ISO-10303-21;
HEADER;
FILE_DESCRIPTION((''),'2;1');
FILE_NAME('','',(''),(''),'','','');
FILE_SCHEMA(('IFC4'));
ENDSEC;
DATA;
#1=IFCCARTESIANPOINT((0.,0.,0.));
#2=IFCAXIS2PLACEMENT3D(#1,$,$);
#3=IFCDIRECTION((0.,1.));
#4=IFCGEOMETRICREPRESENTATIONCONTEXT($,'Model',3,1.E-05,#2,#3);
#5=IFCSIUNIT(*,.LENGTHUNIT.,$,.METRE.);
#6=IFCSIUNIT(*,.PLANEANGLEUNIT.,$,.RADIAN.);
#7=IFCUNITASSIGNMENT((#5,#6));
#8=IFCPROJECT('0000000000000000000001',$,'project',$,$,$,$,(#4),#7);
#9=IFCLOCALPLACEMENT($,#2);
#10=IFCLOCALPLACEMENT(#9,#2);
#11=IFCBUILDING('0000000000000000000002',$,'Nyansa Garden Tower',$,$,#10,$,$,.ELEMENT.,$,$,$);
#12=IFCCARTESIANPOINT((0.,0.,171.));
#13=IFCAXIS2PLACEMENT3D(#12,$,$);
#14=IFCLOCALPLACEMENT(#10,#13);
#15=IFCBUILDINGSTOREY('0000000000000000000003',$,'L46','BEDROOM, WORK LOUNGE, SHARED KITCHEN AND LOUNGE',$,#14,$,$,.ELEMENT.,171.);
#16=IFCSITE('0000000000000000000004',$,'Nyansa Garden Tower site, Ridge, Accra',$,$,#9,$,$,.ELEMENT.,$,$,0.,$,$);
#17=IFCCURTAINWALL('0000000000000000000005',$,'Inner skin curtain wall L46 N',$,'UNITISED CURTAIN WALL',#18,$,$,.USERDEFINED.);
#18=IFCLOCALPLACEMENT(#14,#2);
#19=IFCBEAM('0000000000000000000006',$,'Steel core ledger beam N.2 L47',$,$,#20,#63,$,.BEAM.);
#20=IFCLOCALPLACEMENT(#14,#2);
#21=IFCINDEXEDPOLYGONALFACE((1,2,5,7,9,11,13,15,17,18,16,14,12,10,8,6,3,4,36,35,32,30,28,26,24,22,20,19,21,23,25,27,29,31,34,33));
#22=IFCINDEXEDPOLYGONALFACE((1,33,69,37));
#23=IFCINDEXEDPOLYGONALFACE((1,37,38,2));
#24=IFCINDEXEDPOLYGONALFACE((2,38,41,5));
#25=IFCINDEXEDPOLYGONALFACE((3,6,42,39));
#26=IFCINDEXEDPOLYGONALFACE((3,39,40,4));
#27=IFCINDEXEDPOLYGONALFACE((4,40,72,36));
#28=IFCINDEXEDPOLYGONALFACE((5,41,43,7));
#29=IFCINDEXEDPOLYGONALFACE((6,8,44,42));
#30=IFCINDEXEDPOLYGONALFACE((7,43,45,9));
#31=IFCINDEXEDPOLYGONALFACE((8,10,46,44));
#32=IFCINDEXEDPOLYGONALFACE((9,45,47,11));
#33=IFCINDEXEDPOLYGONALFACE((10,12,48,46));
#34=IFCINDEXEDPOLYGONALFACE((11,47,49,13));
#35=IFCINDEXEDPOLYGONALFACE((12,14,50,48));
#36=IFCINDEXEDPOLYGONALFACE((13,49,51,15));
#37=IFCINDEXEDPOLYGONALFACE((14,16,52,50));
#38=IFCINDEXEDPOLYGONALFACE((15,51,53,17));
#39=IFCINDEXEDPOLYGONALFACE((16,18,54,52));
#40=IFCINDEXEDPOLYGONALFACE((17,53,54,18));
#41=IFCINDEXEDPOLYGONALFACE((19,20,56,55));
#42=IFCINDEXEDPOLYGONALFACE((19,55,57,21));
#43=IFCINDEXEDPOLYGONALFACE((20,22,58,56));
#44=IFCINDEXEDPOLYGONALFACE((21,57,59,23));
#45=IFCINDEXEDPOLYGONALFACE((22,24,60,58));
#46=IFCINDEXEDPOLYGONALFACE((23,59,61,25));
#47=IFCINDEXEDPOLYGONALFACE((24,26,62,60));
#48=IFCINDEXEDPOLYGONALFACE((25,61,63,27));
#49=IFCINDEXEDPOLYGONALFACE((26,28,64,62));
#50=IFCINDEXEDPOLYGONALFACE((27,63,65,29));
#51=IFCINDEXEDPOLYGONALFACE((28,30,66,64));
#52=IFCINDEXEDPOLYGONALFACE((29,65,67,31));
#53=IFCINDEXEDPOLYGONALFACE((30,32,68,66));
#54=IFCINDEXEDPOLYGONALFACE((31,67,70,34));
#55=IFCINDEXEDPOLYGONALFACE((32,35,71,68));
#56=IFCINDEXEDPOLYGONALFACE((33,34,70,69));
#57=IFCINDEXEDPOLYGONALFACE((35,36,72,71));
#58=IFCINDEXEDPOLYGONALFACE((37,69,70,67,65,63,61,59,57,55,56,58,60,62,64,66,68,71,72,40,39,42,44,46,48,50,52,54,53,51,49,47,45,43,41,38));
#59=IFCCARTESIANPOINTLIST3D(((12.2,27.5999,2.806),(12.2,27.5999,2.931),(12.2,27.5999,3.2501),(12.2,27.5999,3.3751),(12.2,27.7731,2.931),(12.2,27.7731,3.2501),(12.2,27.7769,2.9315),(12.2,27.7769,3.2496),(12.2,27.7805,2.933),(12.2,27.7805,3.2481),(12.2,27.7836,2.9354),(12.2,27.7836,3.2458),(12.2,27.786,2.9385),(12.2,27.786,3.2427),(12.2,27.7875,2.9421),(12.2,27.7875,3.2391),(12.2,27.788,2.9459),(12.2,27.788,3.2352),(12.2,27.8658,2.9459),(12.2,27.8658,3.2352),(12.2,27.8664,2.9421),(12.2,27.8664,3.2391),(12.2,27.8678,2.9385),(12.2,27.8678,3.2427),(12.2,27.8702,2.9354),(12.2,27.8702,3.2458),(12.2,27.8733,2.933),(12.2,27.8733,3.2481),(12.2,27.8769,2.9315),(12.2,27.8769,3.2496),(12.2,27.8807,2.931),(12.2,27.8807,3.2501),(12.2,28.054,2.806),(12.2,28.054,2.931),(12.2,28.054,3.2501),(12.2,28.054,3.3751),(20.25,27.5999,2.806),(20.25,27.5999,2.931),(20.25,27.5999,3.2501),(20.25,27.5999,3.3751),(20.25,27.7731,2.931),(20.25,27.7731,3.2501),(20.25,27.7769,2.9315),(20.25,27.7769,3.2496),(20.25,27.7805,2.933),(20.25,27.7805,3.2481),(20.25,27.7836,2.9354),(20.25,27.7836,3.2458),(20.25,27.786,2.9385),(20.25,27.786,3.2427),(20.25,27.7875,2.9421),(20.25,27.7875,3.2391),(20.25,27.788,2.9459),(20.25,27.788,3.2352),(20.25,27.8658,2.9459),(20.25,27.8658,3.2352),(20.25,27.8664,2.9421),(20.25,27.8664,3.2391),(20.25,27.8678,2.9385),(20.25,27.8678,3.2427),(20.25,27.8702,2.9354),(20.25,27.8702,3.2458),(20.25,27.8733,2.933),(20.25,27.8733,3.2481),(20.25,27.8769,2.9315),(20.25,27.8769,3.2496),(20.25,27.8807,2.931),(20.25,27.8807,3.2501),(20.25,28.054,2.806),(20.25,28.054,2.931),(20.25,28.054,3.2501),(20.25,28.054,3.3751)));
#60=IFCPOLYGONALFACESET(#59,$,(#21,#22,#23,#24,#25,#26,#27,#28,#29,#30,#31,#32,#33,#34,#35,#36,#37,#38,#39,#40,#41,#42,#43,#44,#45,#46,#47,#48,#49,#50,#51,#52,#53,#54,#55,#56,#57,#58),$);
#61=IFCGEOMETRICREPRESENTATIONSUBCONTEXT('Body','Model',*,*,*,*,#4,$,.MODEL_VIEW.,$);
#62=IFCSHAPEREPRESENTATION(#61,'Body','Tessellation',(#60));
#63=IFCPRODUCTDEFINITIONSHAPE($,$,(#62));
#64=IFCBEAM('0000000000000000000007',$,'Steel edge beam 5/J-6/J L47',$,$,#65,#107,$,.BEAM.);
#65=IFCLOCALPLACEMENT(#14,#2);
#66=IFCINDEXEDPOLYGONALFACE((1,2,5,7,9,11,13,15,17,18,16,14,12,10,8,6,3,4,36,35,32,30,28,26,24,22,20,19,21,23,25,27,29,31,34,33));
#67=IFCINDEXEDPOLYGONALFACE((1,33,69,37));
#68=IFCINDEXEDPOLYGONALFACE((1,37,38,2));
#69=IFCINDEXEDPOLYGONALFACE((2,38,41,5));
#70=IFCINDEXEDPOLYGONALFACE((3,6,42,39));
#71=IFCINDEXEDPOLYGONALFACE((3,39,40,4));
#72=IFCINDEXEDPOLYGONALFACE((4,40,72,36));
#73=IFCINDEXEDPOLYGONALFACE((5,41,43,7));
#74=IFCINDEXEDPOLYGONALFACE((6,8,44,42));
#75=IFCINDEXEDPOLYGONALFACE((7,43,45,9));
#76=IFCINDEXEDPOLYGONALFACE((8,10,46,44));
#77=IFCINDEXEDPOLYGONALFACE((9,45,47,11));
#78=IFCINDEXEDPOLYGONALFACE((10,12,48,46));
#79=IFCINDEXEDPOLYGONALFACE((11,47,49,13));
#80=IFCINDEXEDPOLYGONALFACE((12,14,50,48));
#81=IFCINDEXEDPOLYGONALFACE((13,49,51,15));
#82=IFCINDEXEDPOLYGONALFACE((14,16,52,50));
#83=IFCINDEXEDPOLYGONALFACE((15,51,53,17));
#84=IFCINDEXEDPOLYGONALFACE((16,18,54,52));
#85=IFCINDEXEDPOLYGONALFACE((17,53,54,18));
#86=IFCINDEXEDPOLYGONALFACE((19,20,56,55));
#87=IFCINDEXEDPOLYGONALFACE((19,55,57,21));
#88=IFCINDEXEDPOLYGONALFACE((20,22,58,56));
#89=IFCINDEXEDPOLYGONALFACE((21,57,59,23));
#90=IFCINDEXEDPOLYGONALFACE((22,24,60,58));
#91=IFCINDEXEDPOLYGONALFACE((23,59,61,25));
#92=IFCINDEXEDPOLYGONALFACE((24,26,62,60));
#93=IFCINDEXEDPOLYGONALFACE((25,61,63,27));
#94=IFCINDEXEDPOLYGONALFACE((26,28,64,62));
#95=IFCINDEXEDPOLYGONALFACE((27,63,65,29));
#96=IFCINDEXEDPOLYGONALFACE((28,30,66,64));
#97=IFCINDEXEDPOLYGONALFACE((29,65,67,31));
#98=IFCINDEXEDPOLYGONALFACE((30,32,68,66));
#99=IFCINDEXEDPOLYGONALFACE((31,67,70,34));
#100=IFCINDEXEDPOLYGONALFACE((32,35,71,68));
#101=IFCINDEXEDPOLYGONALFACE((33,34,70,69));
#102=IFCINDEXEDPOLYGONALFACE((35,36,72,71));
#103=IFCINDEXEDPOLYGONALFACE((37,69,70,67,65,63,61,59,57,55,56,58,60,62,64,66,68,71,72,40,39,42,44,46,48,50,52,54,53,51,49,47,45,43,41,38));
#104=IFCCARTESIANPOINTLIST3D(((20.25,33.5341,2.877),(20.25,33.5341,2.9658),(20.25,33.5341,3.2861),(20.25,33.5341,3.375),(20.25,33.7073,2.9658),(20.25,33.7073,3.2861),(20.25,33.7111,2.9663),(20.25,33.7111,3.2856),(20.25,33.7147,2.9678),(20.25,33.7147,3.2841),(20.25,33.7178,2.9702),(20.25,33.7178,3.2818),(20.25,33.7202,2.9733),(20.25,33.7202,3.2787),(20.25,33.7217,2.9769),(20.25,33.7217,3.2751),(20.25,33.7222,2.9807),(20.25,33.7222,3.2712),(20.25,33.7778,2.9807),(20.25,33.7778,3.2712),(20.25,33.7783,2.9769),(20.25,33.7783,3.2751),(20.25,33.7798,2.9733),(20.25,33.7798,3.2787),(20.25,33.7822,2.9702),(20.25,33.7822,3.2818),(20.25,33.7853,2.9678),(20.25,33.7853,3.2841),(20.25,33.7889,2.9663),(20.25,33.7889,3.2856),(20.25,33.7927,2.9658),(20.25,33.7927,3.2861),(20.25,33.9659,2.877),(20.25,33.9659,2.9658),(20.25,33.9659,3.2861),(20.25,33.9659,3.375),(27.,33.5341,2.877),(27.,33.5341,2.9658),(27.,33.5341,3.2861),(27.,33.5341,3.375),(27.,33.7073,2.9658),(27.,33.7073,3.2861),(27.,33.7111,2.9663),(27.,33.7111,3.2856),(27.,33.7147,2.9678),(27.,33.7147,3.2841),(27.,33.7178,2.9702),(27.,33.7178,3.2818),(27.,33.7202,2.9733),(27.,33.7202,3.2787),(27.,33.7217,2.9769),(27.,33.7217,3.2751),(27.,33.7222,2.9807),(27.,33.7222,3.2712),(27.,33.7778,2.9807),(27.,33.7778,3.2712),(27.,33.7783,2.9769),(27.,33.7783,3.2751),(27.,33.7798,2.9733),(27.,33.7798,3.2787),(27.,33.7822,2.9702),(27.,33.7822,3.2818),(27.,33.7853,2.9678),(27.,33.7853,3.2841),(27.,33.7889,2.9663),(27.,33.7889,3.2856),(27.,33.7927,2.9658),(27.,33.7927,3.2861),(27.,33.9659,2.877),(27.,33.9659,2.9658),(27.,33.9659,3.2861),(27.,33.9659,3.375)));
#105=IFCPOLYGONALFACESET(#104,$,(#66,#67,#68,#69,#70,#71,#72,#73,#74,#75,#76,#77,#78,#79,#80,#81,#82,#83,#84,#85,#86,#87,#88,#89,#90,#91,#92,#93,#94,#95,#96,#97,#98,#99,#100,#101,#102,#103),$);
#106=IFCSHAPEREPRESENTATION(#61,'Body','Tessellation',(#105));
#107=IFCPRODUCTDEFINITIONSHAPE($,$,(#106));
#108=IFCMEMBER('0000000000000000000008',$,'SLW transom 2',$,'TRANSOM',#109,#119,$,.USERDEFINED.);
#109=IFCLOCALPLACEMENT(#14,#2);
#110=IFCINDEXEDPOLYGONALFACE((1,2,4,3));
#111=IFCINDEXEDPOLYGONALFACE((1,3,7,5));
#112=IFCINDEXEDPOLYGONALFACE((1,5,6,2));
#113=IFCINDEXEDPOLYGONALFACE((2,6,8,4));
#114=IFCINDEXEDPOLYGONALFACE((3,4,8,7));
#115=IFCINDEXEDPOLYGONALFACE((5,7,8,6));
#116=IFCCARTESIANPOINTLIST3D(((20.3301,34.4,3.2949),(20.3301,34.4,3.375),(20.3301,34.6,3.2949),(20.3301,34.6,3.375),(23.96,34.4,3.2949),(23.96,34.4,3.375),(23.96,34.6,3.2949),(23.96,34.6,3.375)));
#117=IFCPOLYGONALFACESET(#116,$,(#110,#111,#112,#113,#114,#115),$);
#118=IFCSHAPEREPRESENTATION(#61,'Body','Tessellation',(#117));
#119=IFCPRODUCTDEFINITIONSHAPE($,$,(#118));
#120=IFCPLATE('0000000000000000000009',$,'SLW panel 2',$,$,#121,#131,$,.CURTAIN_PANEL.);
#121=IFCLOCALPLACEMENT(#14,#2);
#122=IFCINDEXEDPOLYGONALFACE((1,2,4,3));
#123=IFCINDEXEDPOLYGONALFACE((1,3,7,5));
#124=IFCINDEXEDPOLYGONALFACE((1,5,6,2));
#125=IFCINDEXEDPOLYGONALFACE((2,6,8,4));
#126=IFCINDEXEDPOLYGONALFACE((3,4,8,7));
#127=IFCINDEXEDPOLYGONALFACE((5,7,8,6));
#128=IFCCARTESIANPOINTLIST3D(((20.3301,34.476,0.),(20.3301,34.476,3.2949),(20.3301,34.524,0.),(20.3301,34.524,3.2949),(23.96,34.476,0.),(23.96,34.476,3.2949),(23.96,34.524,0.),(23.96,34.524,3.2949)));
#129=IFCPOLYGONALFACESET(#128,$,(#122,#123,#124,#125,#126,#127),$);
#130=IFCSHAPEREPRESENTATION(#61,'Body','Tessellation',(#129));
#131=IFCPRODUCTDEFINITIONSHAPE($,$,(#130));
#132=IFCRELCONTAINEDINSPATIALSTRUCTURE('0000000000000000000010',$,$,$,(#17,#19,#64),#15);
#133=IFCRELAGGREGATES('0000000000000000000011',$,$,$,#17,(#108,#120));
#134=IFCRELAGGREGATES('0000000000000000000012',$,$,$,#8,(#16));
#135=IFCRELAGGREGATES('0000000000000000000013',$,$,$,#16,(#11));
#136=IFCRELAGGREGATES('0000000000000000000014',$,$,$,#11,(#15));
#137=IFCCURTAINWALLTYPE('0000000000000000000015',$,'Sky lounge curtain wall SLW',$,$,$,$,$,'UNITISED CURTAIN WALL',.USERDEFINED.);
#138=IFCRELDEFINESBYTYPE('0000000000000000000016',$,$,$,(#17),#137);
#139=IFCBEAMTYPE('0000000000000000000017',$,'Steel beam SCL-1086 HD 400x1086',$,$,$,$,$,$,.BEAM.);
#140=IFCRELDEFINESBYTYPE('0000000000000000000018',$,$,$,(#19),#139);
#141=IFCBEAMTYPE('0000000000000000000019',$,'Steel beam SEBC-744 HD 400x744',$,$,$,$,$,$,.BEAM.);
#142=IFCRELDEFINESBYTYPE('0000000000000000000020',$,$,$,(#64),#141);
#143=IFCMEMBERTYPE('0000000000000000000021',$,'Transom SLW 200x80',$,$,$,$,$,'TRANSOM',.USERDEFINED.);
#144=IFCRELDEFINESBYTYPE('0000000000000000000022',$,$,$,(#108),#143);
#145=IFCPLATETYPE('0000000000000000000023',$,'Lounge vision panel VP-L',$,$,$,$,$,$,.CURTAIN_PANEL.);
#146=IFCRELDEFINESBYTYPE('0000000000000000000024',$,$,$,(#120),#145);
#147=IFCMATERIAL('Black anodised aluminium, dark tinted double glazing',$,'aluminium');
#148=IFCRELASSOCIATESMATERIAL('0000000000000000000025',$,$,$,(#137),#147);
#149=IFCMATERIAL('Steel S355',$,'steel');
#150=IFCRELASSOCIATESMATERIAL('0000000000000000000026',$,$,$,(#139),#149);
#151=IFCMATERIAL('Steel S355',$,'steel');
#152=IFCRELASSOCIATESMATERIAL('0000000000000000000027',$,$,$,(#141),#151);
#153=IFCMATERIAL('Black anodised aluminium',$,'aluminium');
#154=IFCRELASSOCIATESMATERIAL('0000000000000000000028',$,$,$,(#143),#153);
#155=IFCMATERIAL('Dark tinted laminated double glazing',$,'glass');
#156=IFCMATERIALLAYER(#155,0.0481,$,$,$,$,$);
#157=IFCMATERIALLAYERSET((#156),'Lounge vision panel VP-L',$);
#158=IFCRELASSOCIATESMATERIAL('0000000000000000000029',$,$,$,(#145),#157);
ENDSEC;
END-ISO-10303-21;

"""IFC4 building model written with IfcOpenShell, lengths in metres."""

from ifc_helpers import new_model, si_unit, direction, frame, origin, origin_2d, place, context, subcontext, project, spatial, rectangle, i_section, extrude, material, layer, layer_set, material_profile, profile_set, type_object, element, aggregate, save


model = new_model("IFC4")

# Units and contexts
model_context = context("Model", 3, precision=1e-05, world=origin(), true_north=direction((0.0, 1.0)))
body_context = subcontext(model_context, "Body", "Model", "MODEL_VIEW")
ifc_project = project(units=[si_unit("LENGTHUNIT", "METRE"), si_unit("PLANEANGLEUNIT", "RADIAN")], contexts=[model_context])

# Site, building, storey
site_placement = place(None, origin())
site = spatial("IfcSite", under=ifc_project, at=site_placement, Name="Nyansa Garden Tower site, Ridge, Accra", CompositionType="ELEMENT", RefElevation=0.0)
building_placement = place(site_placement, origin())
building = spatial("IfcBuilding", under=site, at=building_placement, Name="Nyansa Garden Tower", CompositionType="ELEMENT")
storey_placement = place(building_placement, frame((0.0, 0.0, 171.0)))
storey = spatial("IfcBuildingStorey", under=building, at=storey_placement, Name="L46", Description="BEDROOM, WORK LOUNGE, SHARED KITCHEN AND LOUNGE", CompositionType="ELEMENT", Elevation=171.0)

# Curtain wall
ifc_material_1 = material(Name="Black anodised aluminium, dark tinted double glazing", Category="aluminium")
curtain_wall_type = type_object("IfcCurtainWallType", Name="Sky lounge curtain wall SLW", ElementType="UNITISED CURTAIN WALL", PredefinedType="USERDEFINED", material=ifc_material_1)
curtain_wall_placement = place(storey_placement, origin())
curtain_wall = element("IfcCurtainWall", 1, at=curtain_wall_placement, inside=storey, type_object=curtain_wall_type, Name="Inner skin curtain wall L46 N", ObjectType="UNITISED CURTAIN WALL", PredefinedType="USERDEFINED")

# Beams
ifc_material_2 = material(Name="Steel S355", Category="steel")
ifc_material_profile_1 = material_profile(ifc_material_2, i_section(OverallWidth=0.4541, OverallDepth=0.5691, WebThickness=0.0779, FlangeThickness=0.125, FilletRadius=0.0149, at=origin_2d()), Name="HD 400x1086")
ifc_profile_set_1 = profile_set([ifc_material_profile_1], Name="Steel S355")
beam_type_1 = type_object("IfcBeamType", Name="Steel beam SCL-1086 HD 400x1086", PredefinedType="BEAM", material=ifc_profile_set_1)
beam_1_placement = place(storey_placement, frame((20.25, 27.8269, 3.0906), z_axis=(-1.0, 0.0, 0.0), x_axis=(0.0, -1.0, 0.0)))
element("IfcBeam", 2, at=beam_1_placement, inside=storey, type_object=beam_type_1, Name="Steel core ledger beam N.2 L47", PredefinedType="BEAM", context=body_context, shape_type="SweptSolid", body=[
    extrude(i_section(OverallWidth=0.4541, OverallDepth=0.5691, WebThickness=0.0779, FlangeThickness=0.125, FilletRadius=0.0149, at=origin_2d()), origin(), (0.0, 0.0, 1.0), 8.05),
])
ifc_material_3 = material(Name="Steel S355", Category="steel")
ifc_material_profile_2 = material_profile(ifc_material_3, i_section(OverallWidth=0.4319, OverallDepth=0.498, WebThickness=0.0557, FlangeThickness=0.0889, FilletRadius=0.0149, at=origin_2d()), Name="HD 400x744")
ifc_profile_set_2 = profile_set([ifc_material_profile_2], Name="Steel S355")
beam_type_2 = type_object("IfcBeamType", Name="Steel beam SEBC-744 HD 400x744", PredefinedType="BEAM", material=ifc_profile_set_2)
beam_2_placement = place(storey_placement, frame((20.25, 33.75, 3.126), z_axis=(1.0, 0.0, 0.0), x_axis=(0.0, 1.0, 0.0)))
element("IfcBeam", 3, at=beam_2_placement, inside=storey, type_object=beam_type_2, Name="Steel edge beam 5/J-6/J L47", PredefinedType="BEAM", context=body_context, shape_type="SweptSolid", body=[
    extrude(i_section(OverallWidth=0.4319, OverallDepth=0.498, WebThickness=0.0557, FlangeThickness=0.0889, FilletRadius=0.0149, at=origin_2d()), origin(), (0.0, 0.0, 1.0), 6.75),
])

# Member
ifc_material_4 = material(Name="Black anodised aluminium", Category="aluminium")
ifc_material_profile_3 = material_profile(ifc_material_4, rectangle(XDim=0.2, YDim=0.0801, at=origin_2d()), Name="Transom 200x80")
ifc_profile_set_3 = profile_set([ifc_material_profile_3], Name="Black anodised aluminium")
member_type_1 = type_object("IfcMemberType", Name="Transom SLW 200x80", ElementType="TRANSOM", PredefinedType="USERDEFINED", material=ifc_profile_set_3)
member_1_placement = place(storey_placement, frame((23.96, 34.5, 3.335), z_axis=(-1.0, 0.0, 0.0), x_axis=(0.0, -1.0, 0.0)))
member_1 = element("IfcMember", 4, at=member_1_placement, type_object=member_type_1, Name="SLW transom 2", ObjectType="TRANSOM", PredefinedType="USERDEFINED", context=body_context, shape_type="SweptSolid", body=[
    extrude(rectangle(XDim=0.2, YDim=0.0801, at=origin_2d()), origin(), (0.0, 0.0, 1.0), 3.6299),
])

# Plate
ifc_material_5 = material(Name="Dark tinted laminated double glazing", Category="glass")
ifc_layer_1 = layer(ifc_material_5, 0.0481)
ifc_layer_set_1 = layer_set([ifc_layer_1], Name="Lounge vision panel VP-L")
plate_type = type_object("IfcPlateType", Name="Lounge vision panel VP-L", PredefinedType="CURTAIN_PANEL", material=ifc_layer_set_1)
plate_placement = place(storey_placement, frame((22.145, 34.5, 0.0), z_axis=(0.0, 0.0, 1.0), x_axis=(-1.0, 0.0, 0.0)))
plate = element("IfcPlate", 5, at=plate_placement, type_object=plate_type, Name="SLW panel 2", PredefinedType="CURTAIN_PANEL", context=body_context, shape_type="SweptSolid", body=[
    extrude(rectangle(XDim=3.6299, YDim=0.0481, at=origin_2d()), origin(), (0.0, 0.0, 1.0), 3.2949),
])
aggregate(curtain_wall, [member_1, plate])

save(model, "model.ifc")
